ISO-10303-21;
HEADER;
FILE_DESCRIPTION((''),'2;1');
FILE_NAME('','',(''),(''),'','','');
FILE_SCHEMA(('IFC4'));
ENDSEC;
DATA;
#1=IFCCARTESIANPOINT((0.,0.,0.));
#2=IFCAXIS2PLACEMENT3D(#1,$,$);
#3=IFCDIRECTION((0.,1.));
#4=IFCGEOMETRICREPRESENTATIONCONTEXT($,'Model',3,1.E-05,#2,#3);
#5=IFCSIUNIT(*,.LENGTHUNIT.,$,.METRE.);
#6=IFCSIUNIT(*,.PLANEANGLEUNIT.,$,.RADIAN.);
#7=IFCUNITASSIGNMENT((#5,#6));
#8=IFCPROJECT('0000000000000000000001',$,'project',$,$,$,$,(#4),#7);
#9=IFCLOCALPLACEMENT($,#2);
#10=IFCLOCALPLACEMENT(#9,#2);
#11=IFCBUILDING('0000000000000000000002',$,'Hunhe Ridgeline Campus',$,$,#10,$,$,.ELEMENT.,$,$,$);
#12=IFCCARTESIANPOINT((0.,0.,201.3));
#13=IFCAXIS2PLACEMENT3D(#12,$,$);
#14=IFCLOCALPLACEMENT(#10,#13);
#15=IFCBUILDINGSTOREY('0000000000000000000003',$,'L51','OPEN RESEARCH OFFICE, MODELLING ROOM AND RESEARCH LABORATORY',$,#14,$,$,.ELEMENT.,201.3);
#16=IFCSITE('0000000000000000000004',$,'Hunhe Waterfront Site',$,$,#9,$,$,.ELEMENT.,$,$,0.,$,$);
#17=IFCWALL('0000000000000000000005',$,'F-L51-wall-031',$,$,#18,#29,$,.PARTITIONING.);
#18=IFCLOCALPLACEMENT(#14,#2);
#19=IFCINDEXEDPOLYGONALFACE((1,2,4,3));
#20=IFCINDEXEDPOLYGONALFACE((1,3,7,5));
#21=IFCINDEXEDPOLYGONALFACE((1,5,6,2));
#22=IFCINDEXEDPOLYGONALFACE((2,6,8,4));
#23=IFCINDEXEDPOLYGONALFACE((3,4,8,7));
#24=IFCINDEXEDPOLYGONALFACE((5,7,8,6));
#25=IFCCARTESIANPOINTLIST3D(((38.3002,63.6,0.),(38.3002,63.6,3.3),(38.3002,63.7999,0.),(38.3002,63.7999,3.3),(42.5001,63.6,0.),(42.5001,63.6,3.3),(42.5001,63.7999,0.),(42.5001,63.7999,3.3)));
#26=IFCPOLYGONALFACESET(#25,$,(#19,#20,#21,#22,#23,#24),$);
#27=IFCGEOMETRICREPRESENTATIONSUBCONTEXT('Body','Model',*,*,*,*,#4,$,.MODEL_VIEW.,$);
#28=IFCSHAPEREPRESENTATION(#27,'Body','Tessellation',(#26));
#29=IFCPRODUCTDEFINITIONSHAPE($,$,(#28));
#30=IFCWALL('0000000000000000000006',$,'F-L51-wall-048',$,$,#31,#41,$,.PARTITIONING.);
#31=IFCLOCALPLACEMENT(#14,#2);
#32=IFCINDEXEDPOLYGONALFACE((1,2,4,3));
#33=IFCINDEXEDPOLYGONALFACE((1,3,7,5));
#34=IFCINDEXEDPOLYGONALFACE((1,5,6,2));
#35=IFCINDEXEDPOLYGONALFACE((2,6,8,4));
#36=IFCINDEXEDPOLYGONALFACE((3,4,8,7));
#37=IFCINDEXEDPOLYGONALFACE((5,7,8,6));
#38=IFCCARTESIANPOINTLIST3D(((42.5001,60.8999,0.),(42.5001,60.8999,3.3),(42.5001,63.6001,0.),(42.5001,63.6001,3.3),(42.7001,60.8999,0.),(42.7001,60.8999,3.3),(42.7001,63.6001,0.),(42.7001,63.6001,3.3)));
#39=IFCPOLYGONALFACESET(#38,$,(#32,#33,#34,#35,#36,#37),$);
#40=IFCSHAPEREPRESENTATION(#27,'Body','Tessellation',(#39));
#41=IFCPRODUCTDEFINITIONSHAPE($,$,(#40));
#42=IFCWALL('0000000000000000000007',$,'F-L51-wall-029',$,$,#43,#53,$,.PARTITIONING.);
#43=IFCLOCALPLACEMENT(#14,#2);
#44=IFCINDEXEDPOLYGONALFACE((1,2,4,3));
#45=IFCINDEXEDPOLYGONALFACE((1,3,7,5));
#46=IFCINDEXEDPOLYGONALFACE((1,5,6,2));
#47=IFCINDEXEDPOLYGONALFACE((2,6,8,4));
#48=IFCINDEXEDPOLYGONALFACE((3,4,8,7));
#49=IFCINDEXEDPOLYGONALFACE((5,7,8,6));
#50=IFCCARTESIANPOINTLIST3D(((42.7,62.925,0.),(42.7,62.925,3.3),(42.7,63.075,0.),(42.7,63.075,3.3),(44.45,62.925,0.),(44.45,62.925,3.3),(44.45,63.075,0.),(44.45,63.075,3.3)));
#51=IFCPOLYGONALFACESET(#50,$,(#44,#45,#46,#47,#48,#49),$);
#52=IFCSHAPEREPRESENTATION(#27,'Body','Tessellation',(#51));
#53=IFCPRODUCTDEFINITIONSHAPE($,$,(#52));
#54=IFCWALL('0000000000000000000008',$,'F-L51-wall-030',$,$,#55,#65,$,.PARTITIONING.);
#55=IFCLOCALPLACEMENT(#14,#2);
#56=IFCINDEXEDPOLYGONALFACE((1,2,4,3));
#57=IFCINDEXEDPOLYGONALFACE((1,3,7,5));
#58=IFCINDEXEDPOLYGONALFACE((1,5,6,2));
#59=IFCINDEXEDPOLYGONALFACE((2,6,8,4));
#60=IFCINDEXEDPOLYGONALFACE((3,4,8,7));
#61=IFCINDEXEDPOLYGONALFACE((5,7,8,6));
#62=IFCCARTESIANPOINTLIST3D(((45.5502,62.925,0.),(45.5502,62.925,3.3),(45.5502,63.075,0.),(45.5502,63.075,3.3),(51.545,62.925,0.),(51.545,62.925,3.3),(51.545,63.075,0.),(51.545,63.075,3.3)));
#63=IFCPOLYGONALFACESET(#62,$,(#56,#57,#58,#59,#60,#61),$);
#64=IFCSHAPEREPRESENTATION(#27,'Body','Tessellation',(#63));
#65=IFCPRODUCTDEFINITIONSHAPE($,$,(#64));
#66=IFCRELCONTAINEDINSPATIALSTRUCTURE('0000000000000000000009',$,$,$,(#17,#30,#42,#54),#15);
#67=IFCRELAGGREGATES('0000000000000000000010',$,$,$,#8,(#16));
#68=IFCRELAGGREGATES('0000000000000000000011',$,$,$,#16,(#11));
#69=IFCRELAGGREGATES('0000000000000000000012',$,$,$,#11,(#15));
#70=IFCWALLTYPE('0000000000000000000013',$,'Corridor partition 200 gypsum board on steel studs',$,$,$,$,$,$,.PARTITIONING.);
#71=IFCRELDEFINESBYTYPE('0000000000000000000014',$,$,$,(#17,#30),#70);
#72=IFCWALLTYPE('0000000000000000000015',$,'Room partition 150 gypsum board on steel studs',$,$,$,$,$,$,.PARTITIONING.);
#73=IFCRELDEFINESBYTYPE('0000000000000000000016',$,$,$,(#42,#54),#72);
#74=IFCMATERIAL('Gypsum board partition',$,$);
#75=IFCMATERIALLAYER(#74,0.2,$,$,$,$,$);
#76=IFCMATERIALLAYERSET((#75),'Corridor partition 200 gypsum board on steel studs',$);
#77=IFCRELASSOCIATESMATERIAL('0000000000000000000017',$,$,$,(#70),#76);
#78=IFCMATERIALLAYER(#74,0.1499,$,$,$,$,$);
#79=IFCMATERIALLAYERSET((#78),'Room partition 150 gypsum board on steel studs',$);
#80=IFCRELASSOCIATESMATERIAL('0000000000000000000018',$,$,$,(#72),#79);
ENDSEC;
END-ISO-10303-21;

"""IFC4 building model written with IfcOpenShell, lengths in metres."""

from ifc_helpers import new_model, si_unit, direction, frame, frame_2d, origin, place, context, subcontext, project, spatial, rectangle, extrude, material, layer, layer_set, type_object, element, save


model = new_model("IFC4")

# Units and contexts
model_context = context("Model", 3, precision=1e-05, world=origin(), true_north=direction((0.0, 1.0)))
body_context = subcontext(model_context, "Body", "Model", "MODEL_VIEW")
ifc_project = project(units=[si_unit("LENGTHUNIT", "METRE"), si_unit("PLANEANGLEUNIT", "RADIAN")], contexts=[model_context])

# Site, building, storey
site_placement = place(None, origin())
site = spatial("IfcSite", under=ifc_project, at=site_placement, Name="Hunhe Waterfront Site", CompositionType="ELEMENT", RefElevation=0.0)
building_placement = place(site_placement, origin())
building = spatial("IfcBuilding", under=site, at=building_placement, Name="Hunhe Ridgeline Campus", CompositionType="ELEMENT")
storey_placement = place(building_placement, frame((0.0, 0.0, 201.3)))
storey = spatial("IfcBuildingStorey", under=building, at=storey_placement, Name="L51", Description="OPEN RESEARCH OFFICE, MODELLING ROOM AND RESEARCH LABORATORY", CompositionType="ELEMENT", Elevation=201.3)

# Shared definitions
ifc_material_1 = material(Name="Gypsum board partition")
ifc_layer_1 = layer(ifc_material_1, 0.2)
ifc_layer_set_1 = layer_set([ifc_layer_1], Name="Corridor partition 200 gypsum board on steel studs")
wall_type_1 = type_object("IfcWallType", Name="Corridor partition 200 gypsum board on steel studs", PredefinedType="PARTITIONING", material=ifc_layer_set_1)

# Wall
wall_1_placement = place(storey_placement, frame((38.3, 63.7, 0.0), z_axis=(0.0, 0.0, 1.0), x_axis=(1.0, 0.0, 0.0)))
element("IfcWall", 1, at=wall_1_placement, inside=storey, type_object=wall_type_1, Name="F-L51-wall-031", PredefinedType="PARTITIONING", context=body_context, shape_type="SweptSolid", body=[
    extrude(rectangle(XDim=4.2, YDim=0.2, at=frame_2d((2.1001, 0.0))), origin(), (0.0, 0.0, 1.0), 3.3),
])

# Walls
wall_2_placement = place(storey_placement, frame((42.6001, 63.6001, 0.0), z_axis=(0.0, 0.0, 1.0), x_axis=(0.0, -1.0, 0.0)))
element("IfcWall", 2, at=wall_2_placement, inside=storey, type_object=wall_type_1, Name="F-L51-wall-048", PredefinedType="PARTITIONING", context=body_context, shape_type="SweptSolid", body=[
    extrude(rectangle(XDim=2.7002, YDim=0.2, at=frame_2d((1.3501, 0.0))), origin(), (0.0, 0.0, 1.0), 3.3),
])
ifc_layer_2 = layer(ifc_material_1, 0.1499)
ifc_layer_set_2 = layer_set([ifc_layer_2], Name="Room partition 150 gypsum board on steel studs")
wall_type_2 = type_object("IfcWallType", Name="Room partition 150 gypsum board on steel studs", PredefinedType="PARTITIONING", material=ifc_layer_set_2)
wall_3_placement = place(storey_placement, frame((42.7, 63.0, 0.0), z_axis=(0.0, 0.0, 1.0), x_axis=(1.0, 0.0, 0.0)))
element("IfcWall", 3, at=wall_3_placement, inside=storey, type_object=wall_type_2, Name="F-L51-wall-029", PredefinedType="PARTITIONING", context=body_context, shape_type="SweptSolid", body=[
    extrude(rectangle(XDim=1.75, YDim=0.1499, at=frame_2d((0.875, 0.0))), origin(), (0.0, 0.0, 1.0), 3.3),
])
wall_4_placement = place(storey_placement, frame((45.55, 63.0, 0.0), z_axis=(0.0, 0.0, 1.0), x_axis=(1.0, 0.0, 0.0)))
element("IfcWall", 4, at=wall_4_placement, inside=storey, type_object=wall_type_2, Name="F-L51-wall-030", PredefinedType="PARTITIONING", context=body_context, shape_type="SweptSolid", body=[
    extrude(rectangle(XDim=5.9949, YDim=0.1499, at=frame_2d((2.9976, 0.0))), origin(), (0.0, 0.0, 1.0), 3.3),
])

save(model, "model.ifc")
